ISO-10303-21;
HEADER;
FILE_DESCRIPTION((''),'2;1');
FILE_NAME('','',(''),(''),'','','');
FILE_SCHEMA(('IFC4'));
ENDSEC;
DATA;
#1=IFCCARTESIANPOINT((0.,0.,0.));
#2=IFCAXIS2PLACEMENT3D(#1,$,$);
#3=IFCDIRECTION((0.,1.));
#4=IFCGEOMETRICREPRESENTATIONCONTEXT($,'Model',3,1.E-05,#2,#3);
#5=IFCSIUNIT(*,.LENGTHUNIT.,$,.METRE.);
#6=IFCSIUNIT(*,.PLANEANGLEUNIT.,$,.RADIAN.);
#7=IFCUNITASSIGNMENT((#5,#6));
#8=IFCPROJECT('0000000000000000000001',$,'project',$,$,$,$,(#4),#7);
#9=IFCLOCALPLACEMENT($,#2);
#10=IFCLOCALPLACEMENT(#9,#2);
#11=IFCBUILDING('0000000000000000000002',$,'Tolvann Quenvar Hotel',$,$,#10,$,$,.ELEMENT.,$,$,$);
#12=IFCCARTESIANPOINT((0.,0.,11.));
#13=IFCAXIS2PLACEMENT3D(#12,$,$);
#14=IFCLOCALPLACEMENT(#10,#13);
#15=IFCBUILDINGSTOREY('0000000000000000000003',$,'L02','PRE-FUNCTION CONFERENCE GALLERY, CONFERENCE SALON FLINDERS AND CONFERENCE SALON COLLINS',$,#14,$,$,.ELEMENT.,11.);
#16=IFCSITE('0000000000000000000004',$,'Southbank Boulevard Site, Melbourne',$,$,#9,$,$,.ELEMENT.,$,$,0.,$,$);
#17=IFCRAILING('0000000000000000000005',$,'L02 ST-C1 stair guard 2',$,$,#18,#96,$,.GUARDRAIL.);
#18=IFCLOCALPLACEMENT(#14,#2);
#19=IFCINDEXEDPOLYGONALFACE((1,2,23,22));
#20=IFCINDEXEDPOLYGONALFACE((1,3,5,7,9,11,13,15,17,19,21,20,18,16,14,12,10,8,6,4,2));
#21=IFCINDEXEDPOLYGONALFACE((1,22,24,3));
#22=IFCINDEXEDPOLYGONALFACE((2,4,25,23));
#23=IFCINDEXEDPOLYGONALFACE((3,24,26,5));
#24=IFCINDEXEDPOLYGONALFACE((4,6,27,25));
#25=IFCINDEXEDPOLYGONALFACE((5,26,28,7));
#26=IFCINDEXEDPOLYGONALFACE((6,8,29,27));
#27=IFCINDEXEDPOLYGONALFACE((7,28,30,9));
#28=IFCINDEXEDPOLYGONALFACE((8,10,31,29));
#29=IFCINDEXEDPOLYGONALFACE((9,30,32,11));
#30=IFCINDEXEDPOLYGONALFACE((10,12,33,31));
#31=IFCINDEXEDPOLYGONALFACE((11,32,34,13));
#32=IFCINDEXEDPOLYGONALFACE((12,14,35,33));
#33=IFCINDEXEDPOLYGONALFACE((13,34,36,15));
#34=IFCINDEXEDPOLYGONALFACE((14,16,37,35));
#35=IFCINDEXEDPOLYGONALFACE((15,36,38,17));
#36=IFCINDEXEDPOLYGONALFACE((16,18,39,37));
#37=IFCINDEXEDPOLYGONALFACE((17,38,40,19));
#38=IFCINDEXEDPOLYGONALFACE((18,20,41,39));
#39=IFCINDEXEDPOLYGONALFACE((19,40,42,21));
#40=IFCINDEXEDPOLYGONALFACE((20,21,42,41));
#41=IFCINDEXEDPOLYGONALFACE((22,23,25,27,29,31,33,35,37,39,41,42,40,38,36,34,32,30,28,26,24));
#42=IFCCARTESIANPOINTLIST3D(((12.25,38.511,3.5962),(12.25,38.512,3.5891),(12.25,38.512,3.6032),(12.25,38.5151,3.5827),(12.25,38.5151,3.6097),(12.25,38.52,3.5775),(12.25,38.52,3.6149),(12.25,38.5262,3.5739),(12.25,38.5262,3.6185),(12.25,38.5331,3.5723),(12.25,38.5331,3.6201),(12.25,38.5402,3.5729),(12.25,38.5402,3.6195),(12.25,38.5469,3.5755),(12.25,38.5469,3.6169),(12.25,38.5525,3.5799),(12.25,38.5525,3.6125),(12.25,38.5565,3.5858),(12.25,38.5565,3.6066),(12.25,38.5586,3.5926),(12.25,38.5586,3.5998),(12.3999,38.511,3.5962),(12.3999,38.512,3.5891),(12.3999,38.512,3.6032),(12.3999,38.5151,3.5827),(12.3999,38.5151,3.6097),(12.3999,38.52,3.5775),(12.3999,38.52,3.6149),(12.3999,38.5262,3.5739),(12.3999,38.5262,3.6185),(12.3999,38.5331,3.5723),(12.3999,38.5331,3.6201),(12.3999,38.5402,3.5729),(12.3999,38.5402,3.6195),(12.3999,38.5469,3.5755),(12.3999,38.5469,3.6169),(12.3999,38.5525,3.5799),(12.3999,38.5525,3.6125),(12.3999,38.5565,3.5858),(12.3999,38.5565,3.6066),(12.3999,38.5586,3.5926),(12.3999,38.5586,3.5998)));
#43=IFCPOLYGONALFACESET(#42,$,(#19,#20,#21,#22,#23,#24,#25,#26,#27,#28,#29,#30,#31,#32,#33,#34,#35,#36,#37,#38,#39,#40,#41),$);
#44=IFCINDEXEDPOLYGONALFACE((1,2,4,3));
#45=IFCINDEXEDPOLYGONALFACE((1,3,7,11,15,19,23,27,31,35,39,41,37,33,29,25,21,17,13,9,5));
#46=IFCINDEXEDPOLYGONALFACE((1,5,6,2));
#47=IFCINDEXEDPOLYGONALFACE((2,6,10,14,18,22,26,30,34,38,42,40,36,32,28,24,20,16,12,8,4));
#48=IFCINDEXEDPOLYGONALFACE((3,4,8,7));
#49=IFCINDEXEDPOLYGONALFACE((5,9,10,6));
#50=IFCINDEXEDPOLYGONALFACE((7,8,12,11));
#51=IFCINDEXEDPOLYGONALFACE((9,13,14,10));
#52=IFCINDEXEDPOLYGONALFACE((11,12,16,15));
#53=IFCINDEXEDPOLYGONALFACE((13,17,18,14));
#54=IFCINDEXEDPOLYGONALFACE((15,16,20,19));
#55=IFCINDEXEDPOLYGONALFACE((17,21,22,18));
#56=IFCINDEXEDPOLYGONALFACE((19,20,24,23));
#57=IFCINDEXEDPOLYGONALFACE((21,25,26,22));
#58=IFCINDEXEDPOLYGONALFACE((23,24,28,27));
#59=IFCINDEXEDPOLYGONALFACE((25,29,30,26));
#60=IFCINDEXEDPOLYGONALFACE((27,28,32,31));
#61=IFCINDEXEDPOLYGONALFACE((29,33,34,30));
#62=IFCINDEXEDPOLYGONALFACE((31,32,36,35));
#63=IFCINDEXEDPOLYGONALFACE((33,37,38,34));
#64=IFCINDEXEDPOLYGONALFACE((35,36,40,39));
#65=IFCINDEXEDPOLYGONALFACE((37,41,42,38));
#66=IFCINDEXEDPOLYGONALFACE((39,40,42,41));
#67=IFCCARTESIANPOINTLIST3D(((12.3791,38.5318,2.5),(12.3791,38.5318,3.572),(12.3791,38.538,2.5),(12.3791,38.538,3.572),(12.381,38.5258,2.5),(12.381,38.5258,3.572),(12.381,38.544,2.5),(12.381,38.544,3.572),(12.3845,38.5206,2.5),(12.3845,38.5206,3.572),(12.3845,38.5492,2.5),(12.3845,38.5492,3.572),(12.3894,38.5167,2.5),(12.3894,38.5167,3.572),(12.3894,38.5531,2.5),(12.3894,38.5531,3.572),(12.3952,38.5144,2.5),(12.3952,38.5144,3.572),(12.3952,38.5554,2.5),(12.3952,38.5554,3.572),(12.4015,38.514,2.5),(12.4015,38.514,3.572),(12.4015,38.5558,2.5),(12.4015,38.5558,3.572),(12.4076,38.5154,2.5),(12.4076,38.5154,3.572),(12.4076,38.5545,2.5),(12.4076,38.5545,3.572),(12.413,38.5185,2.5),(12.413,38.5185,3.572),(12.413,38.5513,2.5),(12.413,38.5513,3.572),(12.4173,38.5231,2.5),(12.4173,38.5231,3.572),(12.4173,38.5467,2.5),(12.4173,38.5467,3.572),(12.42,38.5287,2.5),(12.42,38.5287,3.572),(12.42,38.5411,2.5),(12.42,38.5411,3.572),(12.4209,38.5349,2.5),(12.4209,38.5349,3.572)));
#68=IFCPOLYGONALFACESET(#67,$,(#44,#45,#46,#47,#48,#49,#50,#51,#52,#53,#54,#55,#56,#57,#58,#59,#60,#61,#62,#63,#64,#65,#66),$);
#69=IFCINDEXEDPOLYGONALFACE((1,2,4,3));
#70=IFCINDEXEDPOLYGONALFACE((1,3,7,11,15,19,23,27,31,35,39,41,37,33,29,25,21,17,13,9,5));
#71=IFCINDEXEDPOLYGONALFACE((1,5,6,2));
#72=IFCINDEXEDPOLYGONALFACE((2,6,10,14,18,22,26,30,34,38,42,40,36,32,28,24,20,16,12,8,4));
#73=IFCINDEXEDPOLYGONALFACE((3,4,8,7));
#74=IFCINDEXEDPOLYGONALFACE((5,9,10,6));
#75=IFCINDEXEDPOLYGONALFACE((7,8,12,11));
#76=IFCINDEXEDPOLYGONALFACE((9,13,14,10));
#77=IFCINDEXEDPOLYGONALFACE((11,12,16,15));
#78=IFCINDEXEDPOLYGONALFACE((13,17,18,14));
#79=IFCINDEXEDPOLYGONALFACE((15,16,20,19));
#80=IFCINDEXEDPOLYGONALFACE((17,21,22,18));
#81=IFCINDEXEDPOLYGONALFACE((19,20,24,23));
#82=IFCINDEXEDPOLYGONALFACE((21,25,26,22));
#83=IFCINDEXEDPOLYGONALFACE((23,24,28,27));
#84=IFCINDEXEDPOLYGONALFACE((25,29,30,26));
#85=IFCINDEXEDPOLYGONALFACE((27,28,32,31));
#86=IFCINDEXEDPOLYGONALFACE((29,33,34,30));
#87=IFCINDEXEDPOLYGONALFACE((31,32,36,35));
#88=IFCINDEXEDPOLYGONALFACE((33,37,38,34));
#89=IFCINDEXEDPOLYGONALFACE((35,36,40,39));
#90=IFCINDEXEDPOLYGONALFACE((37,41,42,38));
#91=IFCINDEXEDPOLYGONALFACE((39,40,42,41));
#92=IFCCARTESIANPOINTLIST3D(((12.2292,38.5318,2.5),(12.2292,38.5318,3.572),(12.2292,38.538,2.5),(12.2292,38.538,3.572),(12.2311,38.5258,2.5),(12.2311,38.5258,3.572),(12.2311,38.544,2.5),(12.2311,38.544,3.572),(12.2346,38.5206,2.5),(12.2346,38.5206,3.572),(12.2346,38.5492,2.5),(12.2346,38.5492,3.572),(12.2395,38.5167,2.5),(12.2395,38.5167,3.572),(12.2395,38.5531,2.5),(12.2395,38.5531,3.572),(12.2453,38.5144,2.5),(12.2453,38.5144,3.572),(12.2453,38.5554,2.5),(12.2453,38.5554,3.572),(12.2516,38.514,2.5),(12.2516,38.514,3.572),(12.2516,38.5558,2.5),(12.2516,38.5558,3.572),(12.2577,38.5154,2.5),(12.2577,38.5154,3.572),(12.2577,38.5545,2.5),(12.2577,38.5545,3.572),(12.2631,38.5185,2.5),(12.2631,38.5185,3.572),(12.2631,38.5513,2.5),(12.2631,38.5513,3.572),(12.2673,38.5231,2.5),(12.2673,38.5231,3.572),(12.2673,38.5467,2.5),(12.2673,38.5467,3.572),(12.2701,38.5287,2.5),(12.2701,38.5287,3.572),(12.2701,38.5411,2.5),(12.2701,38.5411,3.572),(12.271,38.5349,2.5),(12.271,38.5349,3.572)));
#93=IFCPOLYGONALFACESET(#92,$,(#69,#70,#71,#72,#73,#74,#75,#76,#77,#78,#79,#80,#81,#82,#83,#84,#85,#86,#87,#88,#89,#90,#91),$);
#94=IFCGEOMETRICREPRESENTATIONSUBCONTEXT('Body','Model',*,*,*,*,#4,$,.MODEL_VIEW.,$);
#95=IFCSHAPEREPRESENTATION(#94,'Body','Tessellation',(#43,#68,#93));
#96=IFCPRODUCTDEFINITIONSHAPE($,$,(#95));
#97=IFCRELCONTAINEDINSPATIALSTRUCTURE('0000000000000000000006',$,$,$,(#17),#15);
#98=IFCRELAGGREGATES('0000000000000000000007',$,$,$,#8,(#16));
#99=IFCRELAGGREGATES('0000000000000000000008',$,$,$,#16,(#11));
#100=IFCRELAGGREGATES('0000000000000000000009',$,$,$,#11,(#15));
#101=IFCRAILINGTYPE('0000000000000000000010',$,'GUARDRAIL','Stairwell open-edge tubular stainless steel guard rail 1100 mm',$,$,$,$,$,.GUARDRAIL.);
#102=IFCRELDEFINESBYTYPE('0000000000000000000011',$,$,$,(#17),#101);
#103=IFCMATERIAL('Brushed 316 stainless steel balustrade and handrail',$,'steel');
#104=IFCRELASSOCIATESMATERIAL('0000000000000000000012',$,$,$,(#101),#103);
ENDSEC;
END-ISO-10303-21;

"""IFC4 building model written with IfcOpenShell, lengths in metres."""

from ifc_helpers import new_model, si_unit, direction, frame, origin, origin_2d, place, context, subcontext, project, spatial, circle, extrude, material, type_object, element, save


model = new_model("IFC4")

# Units and contexts
model_context = context("Model", 3, precision=1e-05, world=origin(), true_north=direction((0.0, 1.0)))
body_context = subcontext(model_context, "Body", "Model", "MODEL_VIEW")
ifc_project = project(units=[si_unit("LENGTHUNIT", "METRE"), si_unit("PLANEANGLEUNIT", "RADIAN")], contexts=[model_context])

# Site, building, storey
site_placement = place(None, origin())
site = spatial("IfcSite", under=ifc_project, at=site_placement, Name="Southbank Boulevard Site, Melbourne", CompositionType="ELEMENT", RefElevation=0.0)
building_placement = place(site_placement, origin())
building = spatial("IfcBuilding", under=site, at=building_placement, Name="Tolvann Quenvar Hotel", CompositionType="ELEMENT")
storey_placement = place(building_placement, frame((0.0, 0.0, 11.0)))
storey = spatial("IfcBuildingStorey", under=building, at=storey_placement, Name="L02", Description="PRE-FUNCTION CONFERENCE GALLERY, CONFERENCE SALON FLINDERS AND CONFERENCE SALON COLLINS", CompositionType="ELEMENT", Elevation=11.0)

# Railing
ifc_material_1 = material(Name="Brushed 316 stainless steel balustrade and handrail", Category="steel")
railing_type_1 = type_object("IfcRailingType", Name="GUARDRAIL", Description="Stairwell open-edge tubular stainless steel guard rail 1100 mm", PredefinedType="GUARDRAIL", material=ifc_material_1)
railing_1_placement = place(storey_placement, frame((12.3999, 38.5349, 2.5)))
element("IfcRailing", 1, at=railing_1_placement, inside=storey, type_object=railing_type_1, Name="L02 ST-C1 stair guard 2", PredefinedType="GUARDRAIL", context=body_context, shape_type="SweptSolid", body=[
    extrude(circle(Radius=0.0239, at=origin_2d()), frame((0.0, 0.0, 1.0962), z_axis=(-1.0, 0.0, 0.0), x_axis=(0.0, -1.0, 0.0)), (0.0, 0.0, 1.0), 0.1499),
    extrude(circle(Radius=0.021, at=origin_2d()), origin(), (0.0, 0.0, 1.0), 1.072),
    extrude(circle(Radius=0.021, at=origin_2d()), frame((-0.1499, 0.0, 0.0)), (0.0, 0.0, 1.0), 1.072),
])

save(model, "model.ifc")
